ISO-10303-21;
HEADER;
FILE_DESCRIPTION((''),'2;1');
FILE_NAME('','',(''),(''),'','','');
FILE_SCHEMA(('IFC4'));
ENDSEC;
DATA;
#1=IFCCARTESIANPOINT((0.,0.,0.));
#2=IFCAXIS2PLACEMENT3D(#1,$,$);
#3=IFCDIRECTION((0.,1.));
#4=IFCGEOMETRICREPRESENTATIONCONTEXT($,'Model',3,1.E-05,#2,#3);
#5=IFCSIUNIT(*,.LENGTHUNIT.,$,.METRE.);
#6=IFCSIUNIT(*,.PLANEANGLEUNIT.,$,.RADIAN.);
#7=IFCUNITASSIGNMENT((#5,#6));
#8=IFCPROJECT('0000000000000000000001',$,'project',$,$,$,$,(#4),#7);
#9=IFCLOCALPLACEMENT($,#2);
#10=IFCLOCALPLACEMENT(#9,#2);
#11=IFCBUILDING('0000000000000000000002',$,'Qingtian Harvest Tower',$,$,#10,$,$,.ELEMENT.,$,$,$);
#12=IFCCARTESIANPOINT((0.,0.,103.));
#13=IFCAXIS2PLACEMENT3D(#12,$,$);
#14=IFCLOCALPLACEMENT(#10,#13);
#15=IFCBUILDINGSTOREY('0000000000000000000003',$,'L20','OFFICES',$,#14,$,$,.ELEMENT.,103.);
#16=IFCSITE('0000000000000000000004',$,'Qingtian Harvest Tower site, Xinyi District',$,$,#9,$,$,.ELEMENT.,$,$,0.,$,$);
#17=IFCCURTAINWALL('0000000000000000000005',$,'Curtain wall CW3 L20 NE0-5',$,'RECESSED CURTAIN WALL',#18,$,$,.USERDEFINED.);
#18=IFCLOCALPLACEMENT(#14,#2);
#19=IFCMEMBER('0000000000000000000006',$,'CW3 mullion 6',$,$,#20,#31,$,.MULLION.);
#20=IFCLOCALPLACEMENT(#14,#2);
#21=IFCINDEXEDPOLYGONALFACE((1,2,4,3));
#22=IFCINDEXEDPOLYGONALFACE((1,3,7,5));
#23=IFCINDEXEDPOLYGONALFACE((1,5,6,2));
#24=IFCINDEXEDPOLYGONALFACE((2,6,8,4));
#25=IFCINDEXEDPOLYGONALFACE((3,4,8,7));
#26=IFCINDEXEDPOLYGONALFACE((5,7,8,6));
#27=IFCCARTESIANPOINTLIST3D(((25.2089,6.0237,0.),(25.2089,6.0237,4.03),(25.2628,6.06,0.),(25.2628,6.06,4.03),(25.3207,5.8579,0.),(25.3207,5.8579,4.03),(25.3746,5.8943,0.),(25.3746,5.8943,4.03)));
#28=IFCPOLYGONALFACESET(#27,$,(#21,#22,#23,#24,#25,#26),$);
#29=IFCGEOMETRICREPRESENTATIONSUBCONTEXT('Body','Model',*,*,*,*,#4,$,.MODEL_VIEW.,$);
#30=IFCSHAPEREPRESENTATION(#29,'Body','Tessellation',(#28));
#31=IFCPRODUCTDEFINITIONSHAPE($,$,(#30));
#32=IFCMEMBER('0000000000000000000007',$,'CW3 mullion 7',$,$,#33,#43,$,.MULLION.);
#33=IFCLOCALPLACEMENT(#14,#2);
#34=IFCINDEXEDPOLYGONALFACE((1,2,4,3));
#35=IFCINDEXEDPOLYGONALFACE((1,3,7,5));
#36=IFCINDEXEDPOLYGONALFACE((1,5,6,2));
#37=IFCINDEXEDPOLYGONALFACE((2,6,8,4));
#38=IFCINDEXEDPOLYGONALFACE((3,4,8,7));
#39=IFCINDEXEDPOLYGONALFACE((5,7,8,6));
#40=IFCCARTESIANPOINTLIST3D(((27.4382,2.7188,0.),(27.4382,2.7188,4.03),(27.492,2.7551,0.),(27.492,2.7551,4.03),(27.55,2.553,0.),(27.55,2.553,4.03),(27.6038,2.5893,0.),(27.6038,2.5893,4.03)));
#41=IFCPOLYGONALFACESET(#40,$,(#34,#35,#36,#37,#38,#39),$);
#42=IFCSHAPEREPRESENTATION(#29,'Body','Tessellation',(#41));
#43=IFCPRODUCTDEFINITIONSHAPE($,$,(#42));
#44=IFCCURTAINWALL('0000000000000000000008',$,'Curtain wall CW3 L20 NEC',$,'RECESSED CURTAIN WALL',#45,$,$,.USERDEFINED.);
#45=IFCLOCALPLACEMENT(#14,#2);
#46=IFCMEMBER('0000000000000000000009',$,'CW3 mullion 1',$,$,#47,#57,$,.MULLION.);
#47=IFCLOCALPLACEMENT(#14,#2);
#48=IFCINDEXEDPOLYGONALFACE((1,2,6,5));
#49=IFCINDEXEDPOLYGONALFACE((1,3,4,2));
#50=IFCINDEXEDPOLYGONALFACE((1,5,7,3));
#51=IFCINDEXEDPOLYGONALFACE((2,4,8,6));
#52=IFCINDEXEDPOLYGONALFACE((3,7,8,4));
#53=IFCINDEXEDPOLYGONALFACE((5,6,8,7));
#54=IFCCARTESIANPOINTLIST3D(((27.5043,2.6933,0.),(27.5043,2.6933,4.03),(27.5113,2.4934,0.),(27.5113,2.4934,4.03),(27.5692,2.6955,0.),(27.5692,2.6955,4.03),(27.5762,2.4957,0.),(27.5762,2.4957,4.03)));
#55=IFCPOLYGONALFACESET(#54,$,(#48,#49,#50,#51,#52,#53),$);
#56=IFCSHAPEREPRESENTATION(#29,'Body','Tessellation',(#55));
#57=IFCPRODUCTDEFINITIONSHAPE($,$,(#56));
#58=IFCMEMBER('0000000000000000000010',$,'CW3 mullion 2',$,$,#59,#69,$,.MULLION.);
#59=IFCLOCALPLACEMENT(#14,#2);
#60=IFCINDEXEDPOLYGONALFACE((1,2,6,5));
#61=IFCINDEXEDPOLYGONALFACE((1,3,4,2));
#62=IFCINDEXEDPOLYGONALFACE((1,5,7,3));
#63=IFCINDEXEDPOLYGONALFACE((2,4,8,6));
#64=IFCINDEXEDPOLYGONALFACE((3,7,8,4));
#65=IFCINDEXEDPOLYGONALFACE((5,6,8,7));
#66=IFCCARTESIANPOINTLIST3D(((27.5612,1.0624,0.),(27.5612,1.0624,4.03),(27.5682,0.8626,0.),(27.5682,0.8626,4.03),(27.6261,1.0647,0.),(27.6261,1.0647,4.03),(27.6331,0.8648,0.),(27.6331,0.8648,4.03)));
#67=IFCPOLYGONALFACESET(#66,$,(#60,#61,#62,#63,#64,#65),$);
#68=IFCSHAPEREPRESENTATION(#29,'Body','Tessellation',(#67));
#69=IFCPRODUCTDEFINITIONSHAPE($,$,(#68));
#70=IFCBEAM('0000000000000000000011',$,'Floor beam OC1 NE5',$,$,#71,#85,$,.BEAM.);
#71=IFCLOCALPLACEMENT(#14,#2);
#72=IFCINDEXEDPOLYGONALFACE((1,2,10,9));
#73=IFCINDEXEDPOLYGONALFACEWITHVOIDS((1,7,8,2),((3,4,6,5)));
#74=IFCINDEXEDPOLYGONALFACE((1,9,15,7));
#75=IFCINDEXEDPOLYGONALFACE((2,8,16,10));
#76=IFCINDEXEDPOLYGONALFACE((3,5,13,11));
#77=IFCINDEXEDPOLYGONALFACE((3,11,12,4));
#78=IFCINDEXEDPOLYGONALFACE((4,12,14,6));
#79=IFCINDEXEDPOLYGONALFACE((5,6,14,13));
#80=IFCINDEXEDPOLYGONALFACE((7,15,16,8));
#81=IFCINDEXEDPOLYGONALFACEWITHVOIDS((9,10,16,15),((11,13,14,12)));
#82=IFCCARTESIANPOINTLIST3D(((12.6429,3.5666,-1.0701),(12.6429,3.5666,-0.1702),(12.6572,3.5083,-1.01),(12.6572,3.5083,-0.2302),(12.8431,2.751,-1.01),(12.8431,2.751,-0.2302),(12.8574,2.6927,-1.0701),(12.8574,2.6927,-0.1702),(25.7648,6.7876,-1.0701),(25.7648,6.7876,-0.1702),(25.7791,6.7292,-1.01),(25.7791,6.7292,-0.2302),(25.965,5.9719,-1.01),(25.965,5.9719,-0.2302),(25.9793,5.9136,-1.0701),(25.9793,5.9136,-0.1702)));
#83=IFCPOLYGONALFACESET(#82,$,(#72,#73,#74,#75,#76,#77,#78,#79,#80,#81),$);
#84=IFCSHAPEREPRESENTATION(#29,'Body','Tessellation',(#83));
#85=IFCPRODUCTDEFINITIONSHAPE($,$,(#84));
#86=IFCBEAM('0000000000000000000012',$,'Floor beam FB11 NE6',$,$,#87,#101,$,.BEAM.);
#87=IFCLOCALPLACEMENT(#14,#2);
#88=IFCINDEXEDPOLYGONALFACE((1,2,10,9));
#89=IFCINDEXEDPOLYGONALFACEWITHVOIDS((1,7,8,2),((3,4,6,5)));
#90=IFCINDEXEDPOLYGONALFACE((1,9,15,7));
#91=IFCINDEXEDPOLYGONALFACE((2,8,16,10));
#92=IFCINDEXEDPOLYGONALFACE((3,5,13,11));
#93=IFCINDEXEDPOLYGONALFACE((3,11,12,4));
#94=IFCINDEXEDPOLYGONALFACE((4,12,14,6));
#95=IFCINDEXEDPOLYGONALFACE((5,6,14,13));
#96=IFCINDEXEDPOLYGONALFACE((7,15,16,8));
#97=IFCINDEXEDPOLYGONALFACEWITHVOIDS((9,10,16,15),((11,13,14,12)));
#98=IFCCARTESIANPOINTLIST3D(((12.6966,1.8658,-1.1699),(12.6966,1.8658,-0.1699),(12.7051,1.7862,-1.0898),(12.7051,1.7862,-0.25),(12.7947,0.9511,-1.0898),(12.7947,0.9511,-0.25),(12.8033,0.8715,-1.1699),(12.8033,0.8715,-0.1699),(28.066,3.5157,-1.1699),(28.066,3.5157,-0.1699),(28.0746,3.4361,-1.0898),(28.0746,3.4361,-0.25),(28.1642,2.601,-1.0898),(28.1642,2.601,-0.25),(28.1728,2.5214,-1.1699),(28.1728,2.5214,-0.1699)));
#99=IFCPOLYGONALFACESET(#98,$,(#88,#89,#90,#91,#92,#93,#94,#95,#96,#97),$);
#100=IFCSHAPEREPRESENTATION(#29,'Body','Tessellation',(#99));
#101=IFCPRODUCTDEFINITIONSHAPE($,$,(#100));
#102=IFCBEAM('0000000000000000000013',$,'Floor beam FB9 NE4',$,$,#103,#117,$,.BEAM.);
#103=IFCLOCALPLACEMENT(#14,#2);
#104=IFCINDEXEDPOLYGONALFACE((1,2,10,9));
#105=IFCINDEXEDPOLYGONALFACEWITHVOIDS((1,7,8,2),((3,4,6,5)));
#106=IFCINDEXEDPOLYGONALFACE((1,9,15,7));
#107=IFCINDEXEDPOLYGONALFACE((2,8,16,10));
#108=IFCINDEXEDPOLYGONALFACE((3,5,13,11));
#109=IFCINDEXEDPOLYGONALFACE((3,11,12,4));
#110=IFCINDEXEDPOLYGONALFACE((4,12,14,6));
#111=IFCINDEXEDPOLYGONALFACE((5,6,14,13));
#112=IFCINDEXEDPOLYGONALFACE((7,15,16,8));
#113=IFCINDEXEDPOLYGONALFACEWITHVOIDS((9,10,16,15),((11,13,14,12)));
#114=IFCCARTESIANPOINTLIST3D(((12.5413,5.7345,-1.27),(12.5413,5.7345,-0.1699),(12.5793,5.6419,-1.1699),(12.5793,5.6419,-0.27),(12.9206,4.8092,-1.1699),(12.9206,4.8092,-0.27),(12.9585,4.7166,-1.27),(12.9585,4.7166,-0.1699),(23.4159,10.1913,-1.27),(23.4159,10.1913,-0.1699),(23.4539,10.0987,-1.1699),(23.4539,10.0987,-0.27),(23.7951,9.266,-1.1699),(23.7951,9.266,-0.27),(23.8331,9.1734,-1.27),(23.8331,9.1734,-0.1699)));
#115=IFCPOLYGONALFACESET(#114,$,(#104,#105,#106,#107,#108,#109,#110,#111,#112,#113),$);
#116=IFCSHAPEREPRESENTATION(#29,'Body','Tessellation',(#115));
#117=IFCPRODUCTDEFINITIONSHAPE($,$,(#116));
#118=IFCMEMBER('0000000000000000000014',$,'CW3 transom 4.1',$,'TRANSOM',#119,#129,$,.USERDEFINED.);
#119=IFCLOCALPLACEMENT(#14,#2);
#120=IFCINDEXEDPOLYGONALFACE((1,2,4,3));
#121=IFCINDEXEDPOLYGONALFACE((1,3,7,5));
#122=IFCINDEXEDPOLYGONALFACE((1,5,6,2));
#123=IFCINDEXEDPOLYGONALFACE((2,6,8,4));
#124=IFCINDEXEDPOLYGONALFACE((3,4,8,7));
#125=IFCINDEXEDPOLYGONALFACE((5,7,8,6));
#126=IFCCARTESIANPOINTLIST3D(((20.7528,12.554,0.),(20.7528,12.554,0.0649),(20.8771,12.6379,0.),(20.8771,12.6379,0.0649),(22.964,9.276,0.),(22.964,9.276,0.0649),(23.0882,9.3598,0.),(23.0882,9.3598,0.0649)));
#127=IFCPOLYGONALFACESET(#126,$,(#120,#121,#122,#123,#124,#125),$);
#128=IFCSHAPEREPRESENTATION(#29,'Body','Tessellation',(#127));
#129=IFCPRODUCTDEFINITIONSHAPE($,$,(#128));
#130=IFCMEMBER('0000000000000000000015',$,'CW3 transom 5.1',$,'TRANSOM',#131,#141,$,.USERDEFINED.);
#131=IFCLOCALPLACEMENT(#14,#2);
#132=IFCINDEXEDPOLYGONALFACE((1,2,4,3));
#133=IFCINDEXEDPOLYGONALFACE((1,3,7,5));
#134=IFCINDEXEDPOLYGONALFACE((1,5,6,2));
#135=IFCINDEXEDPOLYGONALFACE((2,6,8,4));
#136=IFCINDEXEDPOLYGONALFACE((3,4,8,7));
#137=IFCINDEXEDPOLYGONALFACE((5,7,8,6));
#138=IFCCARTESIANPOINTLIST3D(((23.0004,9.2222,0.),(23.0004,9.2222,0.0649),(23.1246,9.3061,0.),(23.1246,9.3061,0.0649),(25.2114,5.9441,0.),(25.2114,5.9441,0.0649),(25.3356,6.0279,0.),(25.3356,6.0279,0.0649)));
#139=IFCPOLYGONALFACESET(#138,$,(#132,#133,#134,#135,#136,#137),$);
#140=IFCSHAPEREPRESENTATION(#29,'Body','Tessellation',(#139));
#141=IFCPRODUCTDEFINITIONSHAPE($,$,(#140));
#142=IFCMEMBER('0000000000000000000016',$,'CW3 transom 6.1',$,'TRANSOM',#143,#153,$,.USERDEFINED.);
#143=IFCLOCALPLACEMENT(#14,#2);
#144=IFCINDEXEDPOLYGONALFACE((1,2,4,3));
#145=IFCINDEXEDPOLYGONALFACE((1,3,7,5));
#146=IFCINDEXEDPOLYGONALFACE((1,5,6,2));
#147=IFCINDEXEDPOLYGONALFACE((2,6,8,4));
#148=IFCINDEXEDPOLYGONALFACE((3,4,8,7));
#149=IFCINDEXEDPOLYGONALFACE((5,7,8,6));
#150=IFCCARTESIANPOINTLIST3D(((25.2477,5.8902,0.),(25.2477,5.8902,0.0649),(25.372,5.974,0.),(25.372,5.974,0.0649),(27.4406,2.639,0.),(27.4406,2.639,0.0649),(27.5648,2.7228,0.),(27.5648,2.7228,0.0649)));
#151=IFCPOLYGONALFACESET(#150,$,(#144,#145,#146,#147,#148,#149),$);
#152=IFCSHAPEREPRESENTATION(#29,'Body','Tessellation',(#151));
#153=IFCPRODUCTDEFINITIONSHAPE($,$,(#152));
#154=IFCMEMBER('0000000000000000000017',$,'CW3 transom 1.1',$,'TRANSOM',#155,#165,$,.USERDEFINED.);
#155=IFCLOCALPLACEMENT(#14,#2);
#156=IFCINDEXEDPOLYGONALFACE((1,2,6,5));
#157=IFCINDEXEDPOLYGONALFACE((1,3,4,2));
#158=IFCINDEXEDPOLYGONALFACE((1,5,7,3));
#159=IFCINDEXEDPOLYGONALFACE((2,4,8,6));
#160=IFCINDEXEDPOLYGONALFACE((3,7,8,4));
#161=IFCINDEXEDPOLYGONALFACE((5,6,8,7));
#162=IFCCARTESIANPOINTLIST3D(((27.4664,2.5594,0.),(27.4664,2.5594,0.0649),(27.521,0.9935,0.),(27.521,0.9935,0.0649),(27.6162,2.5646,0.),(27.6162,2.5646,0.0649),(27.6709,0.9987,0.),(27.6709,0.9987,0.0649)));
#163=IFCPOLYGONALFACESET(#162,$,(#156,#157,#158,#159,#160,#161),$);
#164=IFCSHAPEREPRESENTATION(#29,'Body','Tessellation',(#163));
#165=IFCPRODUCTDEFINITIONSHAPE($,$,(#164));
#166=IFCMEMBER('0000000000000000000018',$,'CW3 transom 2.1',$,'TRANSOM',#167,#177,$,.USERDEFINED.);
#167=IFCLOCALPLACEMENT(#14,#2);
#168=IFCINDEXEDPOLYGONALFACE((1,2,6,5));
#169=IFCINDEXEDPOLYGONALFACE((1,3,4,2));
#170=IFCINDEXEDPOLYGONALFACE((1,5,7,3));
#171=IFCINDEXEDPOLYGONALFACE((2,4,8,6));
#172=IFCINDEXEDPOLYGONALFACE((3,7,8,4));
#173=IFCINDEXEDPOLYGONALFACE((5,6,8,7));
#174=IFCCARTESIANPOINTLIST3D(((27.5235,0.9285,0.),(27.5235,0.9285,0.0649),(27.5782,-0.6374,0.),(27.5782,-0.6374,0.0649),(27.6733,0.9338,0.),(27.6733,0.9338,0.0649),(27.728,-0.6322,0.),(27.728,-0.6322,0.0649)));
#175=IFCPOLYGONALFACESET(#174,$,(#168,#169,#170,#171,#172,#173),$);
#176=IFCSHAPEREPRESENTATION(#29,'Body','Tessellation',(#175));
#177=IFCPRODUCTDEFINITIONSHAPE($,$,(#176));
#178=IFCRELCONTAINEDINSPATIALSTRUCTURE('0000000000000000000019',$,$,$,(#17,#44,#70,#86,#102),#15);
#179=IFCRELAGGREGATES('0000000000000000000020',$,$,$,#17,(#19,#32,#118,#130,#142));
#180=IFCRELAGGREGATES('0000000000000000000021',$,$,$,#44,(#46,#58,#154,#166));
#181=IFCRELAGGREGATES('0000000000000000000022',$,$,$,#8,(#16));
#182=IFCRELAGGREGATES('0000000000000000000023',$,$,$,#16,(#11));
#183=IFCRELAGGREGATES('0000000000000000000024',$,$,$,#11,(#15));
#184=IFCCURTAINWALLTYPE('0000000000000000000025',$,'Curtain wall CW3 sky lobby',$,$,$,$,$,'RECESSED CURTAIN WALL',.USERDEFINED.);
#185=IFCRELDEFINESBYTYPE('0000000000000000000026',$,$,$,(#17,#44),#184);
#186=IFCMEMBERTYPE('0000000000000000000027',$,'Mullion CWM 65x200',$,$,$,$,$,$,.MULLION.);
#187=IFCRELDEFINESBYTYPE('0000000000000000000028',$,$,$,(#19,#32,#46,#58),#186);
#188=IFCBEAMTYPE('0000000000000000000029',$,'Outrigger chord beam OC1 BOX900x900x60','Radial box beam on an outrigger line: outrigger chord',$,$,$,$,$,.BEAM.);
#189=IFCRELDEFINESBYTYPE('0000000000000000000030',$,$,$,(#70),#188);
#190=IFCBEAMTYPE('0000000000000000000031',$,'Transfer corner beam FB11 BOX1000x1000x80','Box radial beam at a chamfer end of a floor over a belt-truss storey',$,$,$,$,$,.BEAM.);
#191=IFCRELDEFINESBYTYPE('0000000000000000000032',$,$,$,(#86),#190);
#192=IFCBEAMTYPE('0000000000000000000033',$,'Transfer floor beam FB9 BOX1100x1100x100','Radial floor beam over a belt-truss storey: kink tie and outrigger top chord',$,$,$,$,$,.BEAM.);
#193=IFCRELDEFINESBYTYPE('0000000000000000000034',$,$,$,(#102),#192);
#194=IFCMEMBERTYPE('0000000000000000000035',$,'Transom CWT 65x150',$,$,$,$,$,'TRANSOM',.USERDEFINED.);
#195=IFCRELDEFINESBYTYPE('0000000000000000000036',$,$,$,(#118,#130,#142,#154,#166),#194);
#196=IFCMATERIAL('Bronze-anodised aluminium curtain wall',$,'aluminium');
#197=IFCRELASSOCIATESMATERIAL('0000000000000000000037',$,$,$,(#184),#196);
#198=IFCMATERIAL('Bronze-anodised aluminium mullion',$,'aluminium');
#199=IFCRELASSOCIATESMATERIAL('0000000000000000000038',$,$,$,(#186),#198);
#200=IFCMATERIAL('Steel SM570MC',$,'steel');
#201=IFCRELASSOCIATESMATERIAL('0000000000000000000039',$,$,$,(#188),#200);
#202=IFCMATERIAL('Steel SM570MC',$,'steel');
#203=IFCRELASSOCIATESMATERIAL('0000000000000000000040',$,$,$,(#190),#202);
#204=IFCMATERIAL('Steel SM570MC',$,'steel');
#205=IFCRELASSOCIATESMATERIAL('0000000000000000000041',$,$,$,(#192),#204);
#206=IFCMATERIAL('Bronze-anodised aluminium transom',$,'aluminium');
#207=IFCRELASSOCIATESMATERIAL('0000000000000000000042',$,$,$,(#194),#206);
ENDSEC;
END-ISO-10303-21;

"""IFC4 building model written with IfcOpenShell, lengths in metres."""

from ifc_helpers import new_model, si_unit, direction, frame, origin, origin_2d, place, context, subcontext, project, spatial, rectangle, hollow_rectangle, extrude, material, material_profile, profile_set, type_object, element, aggregate, save


model = new_model("IFC4")

# Units and contexts
model_context = context("Model", 3, precision=1e-05, world=origin(), true_north=direction((0.0, 1.0)))
body_context = subcontext(model_context, "Body", "Model", "MODEL_VIEW")
ifc_project = project(units=[si_unit("LENGTHUNIT", "METRE"), si_unit("PLANEANGLEUNIT", "RADIAN")], contexts=[model_context])

# Site, building, storey
site_placement = place(None, origin())
site = spatial("IfcSite", under=ifc_project, at=site_placement, Name="Qingtian Harvest Tower site, Xinyi District", CompositionType="ELEMENT", RefElevation=0.0)
building_placement = place(site_placement, origin())
building = spatial("IfcBuilding", under=site, at=building_placement, Name="Qingtian Harvest Tower", CompositionType="ELEMENT")
storey_placement = place(building_placement, frame((0.0, 0.0, 103.0)))
storey = spatial("IfcBuildingStorey", under=building, at=storey_placement, Name="L20", Description="OFFICES", CompositionType="ELEMENT", Elevation=103.0)

# Curtain walls, members
ifc_material_1 = material(Name="Bronze-anodised aluminium curtain wall", Category="aluminium")
curtain_wall_type = type_object("IfcCurtainWallType", Name="Curtain wall CW3 sky lobby", ElementType="RECESSED CURTAIN WALL", PredefinedType="USERDEFINED", material=ifc_material_1)
curtain_wall_1_placement = place(storey_placement, origin())
curtain_wall_1 = element("IfcCurtainWall", 1, at=curtain_wall_1_placement, inside=storey, type_object=curtain_wall_type, Name="Curtain wall CW3 L20 NE0-5", ObjectType="RECESSED CURTAIN WALL", PredefinedType="USERDEFINED")
ifc_material_2 = material(Name="Bronze-anodised aluminium mullion", Category="aluminium")
ifc_material_profile_1 = material_profile(ifc_material_2, rectangle(XDim=0.0649, YDim=0.2, at=origin_2d()), Name="AL 65x200")
ifc_profile_set_1 = profile_set([ifc_material_profile_1], Name="Bronze-anodised aluminium mullion")
member_type_1 = type_object("IfcMemberType", Name="Mullion CWM 65x200", PredefinedType="MULLION", material=ifc_profile_set_1)
member_1_placement = place(storey_placement, frame((25.2917, 5.959, 0.0), z_axis=(0.0, 0.0, 1.0), x_axis=(0.829038, 0.559193, 0.0)))
member_1 = element("IfcMember", 2, at=member_1_placement, type_object=member_type_1, Name="CW3 mullion 6", PredefinedType="MULLION", context=body_context, shape_type="SweptSolid", body=[
    extrude(rectangle(XDim=0.0649, YDim=0.2, at=origin_2d()), origin(), (0.0, 0.0, 1.0), 4.03),
])
member_2_placement = place(storey_placement, frame((27.521, 2.6541, 0.0), z_axis=(0.0, 0.0, 1.0), x_axis=(0.829038, 0.559193, 0.0)))
member_2 = element("IfcMember", 3, at=member_2_placement, type_object=member_type_1, Name="CW3 mullion 7", PredefinedType="MULLION", context=body_context, shape_type="SweptSolid", body=[
    extrude(rectangle(XDim=0.0649, YDim=0.2, at=origin_2d()), origin(), (0.0, 0.0, 1.0), 4.03),
])
curtain_wall_2_placement = place(storey_placement, origin())
curtain_wall_2 = element("IfcCurtainWall", 4, at=curtain_wall_2_placement, inside=storey, type_object=curtain_wall_type, Name="Curtain wall CW3 L20 NEC", ObjectType="RECESSED CURTAIN WALL", PredefinedType="USERDEFINED")
member_3_placement = place(storey_placement, frame((27.5403, 2.5945, 0.0), z_axis=(0.0, 0.0, 1.0), x_axis=(0.999391, 0.034899, 0.0)))
member_3 = element("IfcMember", 5, at=member_3_placement, type_object=member_type_1, Name="CW3 mullion 1", PredefinedType="MULLION", context=body_context, shape_type="SweptSolid", body=[
    extrude(rectangle(XDim=0.0649, YDim=0.2, at=origin_2d()), origin(), (0.0, 0.0, 1.0), 4.03),
])
member_4_placement = place(storey_placement, frame((27.5972, 0.9636, 0.0), z_axis=(0.0, 0.0, 1.0), x_axis=(0.999391, 0.034899, 0.0)))
member_4 = element("IfcMember", 6, at=member_4_placement, type_object=member_type_1, Name="CW3 mullion 2", PredefinedType="MULLION", context=body_context, shape_type="SweptSolid", body=[
    extrude(rectangle(XDim=0.0649, YDim=0.2, at=origin_2d()), origin(), (0.0, 0.0, 1.0), 4.03),
])

# Beams
ifc_material_3 = material(Name="Steel SM570MC", Category="steel")
ifc_material_profile_2 = material_profile(ifc_material_3, hollow_rectangle(XDim=0.8999, YDim=0.8999, WallThickness=0.0601, at=origin_2d()), Name="BOX900x900x60")
ifc_profile_set_2 = profile_set([ifc_material_profile_2], Name="Steel SM570MC")
beam_type_1 = type_object("IfcBeamType", Name="Outrigger chord beam OC1 BOX900x900x60", Description="Radial box beam on an outrigger line: outrigger chord", PredefinedType="BEAM", material=ifc_profile_set_2)
beam_1_placement = place(storey_placement, frame((25.8721, 6.3506, -0.6201), z_axis=(-0.971171, -0.238384, 0.0), x_axis=(0.238384, -0.971171, 0.0)))
element("IfcBeam", 7, at=beam_1_placement, inside=storey, type_object=beam_type_1, Name="Floor beam OC1 NE5", PredefinedType="BEAM", context=body_context, shape_type="SweptSolid", body=[
    extrude(hollow_rectangle(XDim=0.8999, YDim=0.8999, WallThickness=0.0601, at=origin_2d()), origin(), (0.0, 0.0, 1.0), 13.5115),
])
ifc_material_4 = material(Name="Steel SM570MC", Category="steel")
ifc_material_profile_3 = material_profile(ifc_material_4, hollow_rectangle(XDim=1.0, YDim=1.0, WallThickness=0.0801, at=origin_2d()), Name="BOX1000x1000x80")
ifc_profile_set_3 = profile_set([ifc_material_profile_3], Name="Steel SM570MC")
beam_type_2 = type_object("IfcBeamType", Name="Transfer corner beam FB11 BOX1000x1000x80", Description="Box radial beam at a chamfer end of a floor over a belt-truss storey", PredefinedType="BEAM", material=ifc_profile_set_3)
beam_2_placement = place(storey_placement, frame((28.1194, 3.0186, -0.6699), z_axis=(-0.994287, -0.106737, 0.0), x_axis=(0.106737, -0.994287, 0.0)))
element("IfcBeam", 8, at=beam_2_placement, inside=storey, type_object=beam_type_2, Name="Floor beam FB11 NE6", PredefinedType="BEAM", context=body_context, shape_type="SweptSolid", body=[
    extrude(hollow_rectangle(XDim=1.0, YDim=1.0, WallThickness=0.0801, at=origin_2d()), origin(), (0.0, 0.0, 1.0), 15.4578),
])
ifc_material_5 = material(Name="Steel SM570MC", Category="steel")
ifc_material_profile_4 = material_profile(ifc_material_5, hollow_rectangle(XDim=1.1001, YDim=1.1001, WallThickness=0.1001, at=origin_2d()), Name="BOX1100x1100x100")
ifc_profile_set_4 = profile_set([ifc_material_profile_4], Name="Steel SM570MC")
beam_type_3 = type_object("IfcBeamType", Name="Transfer floor beam FB9 BOX1100x1100x100", Description="Radial floor beam over a belt-truss storey: kink tie and outrigger top chord", PredefinedType="BEAM", material=ifc_profile_set_4)
beam_3_placement = place(storey_placement, frame((23.6245, 9.6824, -0.72), z_axis=(-0.925305, -0.379225, 0.0), x_axis=(0.379225, -0.925305, 0.0)))
element("IfcBeam", 9, at=beam_3_placement, inside=storey, type_object=beam_type_3, Name="Floor beam FB9 NE4", PredefinedType="BEAM", context=body_context, shape_type="SweptSolid", body=[
    extrude(hollow_rectangle(XDim=1.1001, YDim=1.1001, WallThickness=0.1001, at=origin_2d()), origin(), (0.0, 0.0, 1.0), 11.7524),
])

# Members
ifc_material_6 = material(Name="Bronze-anodised aluminium transom", Category="aluminium")
ifc_material_profile_5 = material_profile(ifc_material_6, rectangle(XDim=0.1499, YDim=0.0649, at=origin_2d()), Name="AL 65x150")
ifc_profile_set_5 = profile_set([ifc_material_profile_5], Name="Bronze-anodised aluminium transom")
member_type_2 = type_object("IfcMemberType", Name="Transom CWT 65x150", ElementType="TRANSOM", PredefinedType="USERDEFINED", material=ifc_profile_set_5)
member_5_placement = place(storey_placement, frame((20.8149, 12.5959, 0.0325), z_axis=(0.559209, -0.829027, 0.0), x_axis=(0.829027, 0.559209, 0.0)))
member_5 = element("IfcMember", 10, at=member_5_placement, type_object=member_type_2, Name="CW3 transom 4.1", ObjectType="TRANSOM", PredefinedType="USERDEFINED", context=body_context, shape_type="SweptSolid", body=[
    extrude(rectangle(XDim=0.1499, YDim=0.0649, at=origin_2d()), origin(), (0.0, 0.0, 1.0), 3.9541),
])
member_6_placement = place(storey_placement, frame((23.0625, 9.2642, 0.0325), z_axis=(0.559166, -0.829055, 0.0), x_axis=(0.829055, 0.559166, 0.0)))
member_6 = element("IfcMember", 11, at=member_6_placement, type_object=member_type_2, Name="CW3 transom 5.1", ObjectType="TRANSOM", PredefinedType="USERDEFINED", context=body_context, shape_type="SweptSolid", body=[
    extrude(rectangle(XDim=0.1499, YDim=0.0649, at=origin_2d()), origin(), (0.0, 0.0, 1.0), 3.9541),
])
member_7_placement = place(storey_placement, frame((25.3098, 5.9321, 0.0325), z_axis=(0.559175, -0.82905, 0.0), x_axis=(0.82905, 0.559175, 0.0)))
member_7 = element("IfcMember", 12, at=member_7_placement, type_object=member_type_2, Name="CW3 transom 6.1", ObjectType="TRANSOM", PredefinedType="USERDEFINED", context=body_context, shape_type="SweptSolid", body=[
    extrude(rectangle(XDim=0.1499, YDim=0.0649, at=origin_2d()), origin(), (0.0, 0.0, 1.0), 3.9216),
])
member_8_placement = place(storey_placement, frame((27.5413, 2.562, 0.0325), z_axis=(0.034902, -0.999391, 0.0), x_axis=(0.999391, 0.034902, 0.0)))
member_8 = element("IfcMember", 13, at=member_8_placement, type_object=member_type_2, Name="CW3 transom 1.1", ObjectType="TRANSOM", PredefinedType="USERDEFINED", context=body_context, shape_type="SweptSolid", body=[
    extrude(rectangle(XDim=0.1499, YDim=0.0649, at=origin_2d()), origin(), (0.0, 0.0, 1.0), 1.5669),
])
member_9_placement = place(storey_placement, frame((27.5984, 0.9312, 0.0325), z_axis=(0.034902, -0.999391, 0.0), x_axis=(0.999391, 0.034902, 0.0)))
member_9 = element("IfcMember", 14, at=member_9_placement, type_object=member_type_2, Name="CW3 transom 2.1", ObjectType="TRANSOM", PredefinedType="USERDEFINED", context=body_context, shape_type="SweptSolid", body=[
    extrude(rectangle(XDim=0.1499, YDim=0.0649, at=origin_2d()), origin(), (0.0, 0.0, 1.0), 1.5669),
])

aggregate(curtain_wall_1, [member_1, member_2, member_5, member_6, member_7])
aggregate(curtain_wall_2, [member_3, member_4, member_8, member_9])

save(model, "model.ifc")
